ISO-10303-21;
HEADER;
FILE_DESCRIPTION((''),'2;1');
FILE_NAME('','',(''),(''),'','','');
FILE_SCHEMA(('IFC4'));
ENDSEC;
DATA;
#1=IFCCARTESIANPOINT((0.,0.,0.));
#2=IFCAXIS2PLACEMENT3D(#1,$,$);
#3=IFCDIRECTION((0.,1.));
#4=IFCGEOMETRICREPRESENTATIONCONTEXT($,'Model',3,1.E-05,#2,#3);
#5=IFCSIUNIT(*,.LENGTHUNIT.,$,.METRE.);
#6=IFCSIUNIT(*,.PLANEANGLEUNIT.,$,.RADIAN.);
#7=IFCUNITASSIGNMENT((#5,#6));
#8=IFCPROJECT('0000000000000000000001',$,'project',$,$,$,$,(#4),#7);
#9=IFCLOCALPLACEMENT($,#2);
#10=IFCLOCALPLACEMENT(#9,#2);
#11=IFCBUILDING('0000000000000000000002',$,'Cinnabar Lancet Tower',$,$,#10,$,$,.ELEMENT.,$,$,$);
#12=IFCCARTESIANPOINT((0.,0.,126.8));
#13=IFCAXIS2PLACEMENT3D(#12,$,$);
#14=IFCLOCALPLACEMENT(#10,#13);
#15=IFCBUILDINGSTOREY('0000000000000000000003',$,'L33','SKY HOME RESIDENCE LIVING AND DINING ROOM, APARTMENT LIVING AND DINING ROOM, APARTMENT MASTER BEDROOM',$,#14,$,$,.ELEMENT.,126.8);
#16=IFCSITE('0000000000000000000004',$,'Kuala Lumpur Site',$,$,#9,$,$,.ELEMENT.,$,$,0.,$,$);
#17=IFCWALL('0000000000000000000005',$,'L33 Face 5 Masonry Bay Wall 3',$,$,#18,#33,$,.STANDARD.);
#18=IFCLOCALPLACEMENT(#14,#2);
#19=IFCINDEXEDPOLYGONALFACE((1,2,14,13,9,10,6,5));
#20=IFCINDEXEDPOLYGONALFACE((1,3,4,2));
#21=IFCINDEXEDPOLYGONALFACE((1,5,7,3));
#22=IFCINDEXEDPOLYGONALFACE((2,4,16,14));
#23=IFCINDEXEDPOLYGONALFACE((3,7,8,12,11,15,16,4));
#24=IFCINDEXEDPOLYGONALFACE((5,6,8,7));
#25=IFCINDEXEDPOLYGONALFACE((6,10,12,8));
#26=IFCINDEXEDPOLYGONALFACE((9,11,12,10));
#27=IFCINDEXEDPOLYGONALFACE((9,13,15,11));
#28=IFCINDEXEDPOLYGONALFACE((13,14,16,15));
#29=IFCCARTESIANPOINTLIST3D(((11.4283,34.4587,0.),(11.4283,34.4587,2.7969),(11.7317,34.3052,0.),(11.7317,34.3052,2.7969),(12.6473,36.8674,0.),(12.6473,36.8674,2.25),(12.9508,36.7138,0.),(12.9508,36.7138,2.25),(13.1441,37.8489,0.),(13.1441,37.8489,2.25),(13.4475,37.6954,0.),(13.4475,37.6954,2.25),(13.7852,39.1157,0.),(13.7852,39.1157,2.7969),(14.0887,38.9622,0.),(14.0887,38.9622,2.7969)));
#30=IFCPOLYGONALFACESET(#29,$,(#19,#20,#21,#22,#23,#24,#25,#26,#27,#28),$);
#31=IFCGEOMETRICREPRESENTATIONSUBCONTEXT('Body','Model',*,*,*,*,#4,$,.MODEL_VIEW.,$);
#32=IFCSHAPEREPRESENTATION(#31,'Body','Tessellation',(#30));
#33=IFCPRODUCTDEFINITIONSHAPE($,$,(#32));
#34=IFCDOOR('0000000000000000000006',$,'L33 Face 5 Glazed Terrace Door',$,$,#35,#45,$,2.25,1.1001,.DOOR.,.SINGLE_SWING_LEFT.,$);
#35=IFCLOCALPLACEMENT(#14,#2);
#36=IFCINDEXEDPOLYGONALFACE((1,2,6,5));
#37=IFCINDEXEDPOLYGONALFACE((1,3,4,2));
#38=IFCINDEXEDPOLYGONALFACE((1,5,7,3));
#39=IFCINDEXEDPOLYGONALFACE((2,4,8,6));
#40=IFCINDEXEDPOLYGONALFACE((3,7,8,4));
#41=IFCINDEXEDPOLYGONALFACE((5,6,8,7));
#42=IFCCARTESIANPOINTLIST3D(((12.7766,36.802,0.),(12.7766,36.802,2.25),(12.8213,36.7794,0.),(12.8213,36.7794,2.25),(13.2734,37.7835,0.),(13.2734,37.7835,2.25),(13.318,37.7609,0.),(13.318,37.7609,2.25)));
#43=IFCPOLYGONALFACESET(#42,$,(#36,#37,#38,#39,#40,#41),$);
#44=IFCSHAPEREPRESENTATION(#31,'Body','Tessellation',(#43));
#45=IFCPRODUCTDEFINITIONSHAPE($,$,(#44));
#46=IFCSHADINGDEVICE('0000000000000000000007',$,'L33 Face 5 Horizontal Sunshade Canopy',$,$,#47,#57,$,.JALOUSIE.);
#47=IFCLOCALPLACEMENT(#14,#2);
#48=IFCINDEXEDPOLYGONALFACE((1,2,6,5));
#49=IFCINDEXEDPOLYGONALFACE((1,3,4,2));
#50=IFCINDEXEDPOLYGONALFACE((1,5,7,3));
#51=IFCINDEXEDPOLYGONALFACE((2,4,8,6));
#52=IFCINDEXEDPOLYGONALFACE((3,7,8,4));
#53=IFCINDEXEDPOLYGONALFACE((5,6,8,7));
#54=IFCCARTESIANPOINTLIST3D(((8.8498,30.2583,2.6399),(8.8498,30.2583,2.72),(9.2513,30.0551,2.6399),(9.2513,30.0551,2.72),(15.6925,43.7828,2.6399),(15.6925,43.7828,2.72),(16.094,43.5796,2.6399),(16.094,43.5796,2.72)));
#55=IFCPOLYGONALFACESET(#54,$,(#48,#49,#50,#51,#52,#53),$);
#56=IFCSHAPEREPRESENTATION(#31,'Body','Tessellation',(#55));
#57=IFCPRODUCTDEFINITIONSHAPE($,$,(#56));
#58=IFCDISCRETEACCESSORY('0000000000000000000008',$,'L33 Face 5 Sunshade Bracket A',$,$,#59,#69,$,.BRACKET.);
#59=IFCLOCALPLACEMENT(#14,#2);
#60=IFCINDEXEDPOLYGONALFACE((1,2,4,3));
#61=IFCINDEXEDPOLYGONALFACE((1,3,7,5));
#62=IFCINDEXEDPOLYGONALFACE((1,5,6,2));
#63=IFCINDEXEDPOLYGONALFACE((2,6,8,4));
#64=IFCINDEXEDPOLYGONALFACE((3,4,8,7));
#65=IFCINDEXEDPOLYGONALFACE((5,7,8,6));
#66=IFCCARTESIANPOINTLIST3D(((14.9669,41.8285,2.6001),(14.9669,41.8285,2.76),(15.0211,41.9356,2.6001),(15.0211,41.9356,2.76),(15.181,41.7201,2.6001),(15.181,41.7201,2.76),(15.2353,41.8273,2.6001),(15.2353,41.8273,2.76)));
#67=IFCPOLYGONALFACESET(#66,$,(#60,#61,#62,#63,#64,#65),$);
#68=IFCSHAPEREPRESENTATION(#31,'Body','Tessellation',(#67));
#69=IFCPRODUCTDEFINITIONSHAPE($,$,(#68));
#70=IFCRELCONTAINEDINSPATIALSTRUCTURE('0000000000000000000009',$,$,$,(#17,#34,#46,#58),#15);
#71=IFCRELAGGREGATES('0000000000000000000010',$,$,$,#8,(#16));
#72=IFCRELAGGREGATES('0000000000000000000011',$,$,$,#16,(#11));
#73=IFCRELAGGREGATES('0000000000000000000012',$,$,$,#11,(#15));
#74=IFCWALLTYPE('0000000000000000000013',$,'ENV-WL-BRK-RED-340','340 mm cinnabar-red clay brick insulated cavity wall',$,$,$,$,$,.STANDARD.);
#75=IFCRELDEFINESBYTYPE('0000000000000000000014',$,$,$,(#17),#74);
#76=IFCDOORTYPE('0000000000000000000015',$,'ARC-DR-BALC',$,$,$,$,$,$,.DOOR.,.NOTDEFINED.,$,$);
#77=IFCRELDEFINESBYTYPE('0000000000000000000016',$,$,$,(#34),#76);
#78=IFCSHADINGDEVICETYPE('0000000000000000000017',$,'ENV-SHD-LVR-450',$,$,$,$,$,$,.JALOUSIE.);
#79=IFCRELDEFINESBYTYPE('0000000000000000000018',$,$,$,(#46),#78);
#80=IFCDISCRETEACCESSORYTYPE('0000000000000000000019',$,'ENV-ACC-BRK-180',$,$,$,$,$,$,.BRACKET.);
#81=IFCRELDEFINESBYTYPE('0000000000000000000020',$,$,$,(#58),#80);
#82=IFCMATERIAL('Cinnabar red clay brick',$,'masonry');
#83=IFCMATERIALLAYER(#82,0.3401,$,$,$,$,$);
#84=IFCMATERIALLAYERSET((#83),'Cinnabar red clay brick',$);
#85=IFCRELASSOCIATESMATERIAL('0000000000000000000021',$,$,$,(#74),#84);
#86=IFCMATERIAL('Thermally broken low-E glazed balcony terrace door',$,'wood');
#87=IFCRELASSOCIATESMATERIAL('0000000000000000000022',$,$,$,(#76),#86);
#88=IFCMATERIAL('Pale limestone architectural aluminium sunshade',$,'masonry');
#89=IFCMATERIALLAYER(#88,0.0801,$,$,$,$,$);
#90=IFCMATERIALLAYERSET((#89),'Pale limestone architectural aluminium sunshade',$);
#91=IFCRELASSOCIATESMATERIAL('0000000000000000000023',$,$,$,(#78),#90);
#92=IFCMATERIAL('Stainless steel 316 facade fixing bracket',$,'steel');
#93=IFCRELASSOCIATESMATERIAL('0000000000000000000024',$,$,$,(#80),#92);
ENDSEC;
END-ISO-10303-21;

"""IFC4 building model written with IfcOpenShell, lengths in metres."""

from ifc_helpers import new_model, si_unit, direction, frame, frame_2d, origin, origin_2d, place, context, subcontext, project, spatial, rectangle, extrude, material, layer, layer_set, type_object, element, fill, save


model = new_model("IFC4")

# Units and contexts
model_context = context("Model", 3, precision=1e-05, world=origin(), true_north=direction((0.0, 1.0)))
body_context = subcontext(model_context, "Body", "Model", "MODEL_VIEW")
ifc_project = project(units=[si_unit("LENGTHUNIT", "METRE"), si_unit("PLANEANGLEUNIT", "RADIAN")], contexts=[model_context])

# Site, building, storey
site_placement = place(None, origin())
site = spatial("IfcSite", under=ifc_project, at=site_placement, Name="Kuala Lumpur Site", CompositionType="ELEMENT", RefElevation=0.0)
building_placement = place(site_placement, origin())
building = spatial("IfcBuilding", under=site, at=building_placement, Name="Cinnabar Lancet Tower", CompositionType="ELEMENT")
storey_placement = place(building_placement, frame((0.0, 0.0, 126.8)))
storey = spatial("IfcBuildingStorey", under=building, at=storey_placement, Name="L33", Description="SKY HOME RESIDENCE LIVING AND DINING ROOM, APARTMENT LIVING AND DINING ROOM, APARTMENT MASTER BEDROOM", CompositionType="ELEMENT", Elevation=126.8)

# Shared definitions
ifc_material_1 = material(Name="Cinnabar red clay brick", Category="masonry")
ifc_layer_1 = layer(ifc_material_1, 0.3401)
ifc_layer_set_1 = layer_set([ifc_layer_1], Name="Cinnabar red clay brick")
wall_type = type_object("IfcWallType", Name="ENV-WL-BRK-RED-340", Description="340 mm cinnabar-red clay brick insulated cavity wall", PredefinedType="STANDARD", material=ifc_layer_set_1)

# Wall, opening, door
wall_1_placement = place(storey_placement, frame((13.937, 39.0391, 0.0), z_axis=(0.0, 0.0, 1.0), x_axis=(-0.451568, -0.892237, 0.0)))
wall_1 = element("IfcWall", 1, at=wall_1_placement, inside=storey, type_object=wall_type, Name="L33 Face 5 Masonry Bay Wall 3", PredefinedType="STANDARD", context=body_context, shape_type="SweptSolid", body=[
    extrude(rectangle(XDim=5.2195, YDim=0.3401, at=frame_2d((2.6099, 0.0))), origin(), (0.0, 0.0, 1.0), 2.7969),
])
opening_1_placement = place(wall_1_placement, frame((1.4199, 0.0, 0.0)))
opening_1 = element("IfcOpeningElement", 2, at=opening_1_placement, cuts=wall_1, PredefinedType="OPENING", context=body_context, shape_type="SweptSolid", body=[
    extrude(rectangle(XDim=1.1001, YDim=2.25, at=frame_2d((0.55, 1.125))), frame((0.0, 0.1799, 0.0), z_axis=(0.0, -1.0, 0.0), x_axis=(1.0, 0.0, 0.0)), (0.0, 0.0, 1.0), 0.3601),
])
ifc_material_2 = material(Name="Thermally broken low-E glazed balcony terrace door", Category="wood")
door_type = type_object("IfcDoorType", Name="ARC-DR-BALC", OperationType="NOTDEFINED", PredefinedType="DOOR", material=ifc_material_2)
door_placement = place(opening_1_placement, origin())
door = element("IfcDoor", 3, at=door_placement, inside=storey, type_object=door_type, Name="L33 Face 5 Glazed Terrace Door", OperationType="SINGLE_SWING_LEFT", OverallHeight=2.25, OverallWidth=1.1001, PredefinedType="DOOR", context=body_context, shape_type="SweptSolid", body=[
    extrude(rectangle(XDim=1.1001, YDim=2.25, at=frame_2d((0.55, 1.125))), frame((0.0, 0.0249, 0.0), z_axis=(0.0, -1.0, 0.0), x_axis=(1.0, 0.0, 0.0)), (0.0, 0.0, 1.0), 0.05),
])
fill(opening_1, door)

# Shading device
ifc_material_3 = material(Name="Pale limestone architectural aluminium sunshade", Category="masonry")
ifc_layer_2 = layer(ifc_material_3, 0.0801)
ifc_layer_set_2 = layer_set([ifc_layer_2], Name="Pale limestone architectural aluminium sunshade")
shading_device_type = type_object("IfcShadingDeviceType", Name="ENV-SHD-LVR-450", PredefinedType="JALOUSIE", material=ifc_layer_set_2)
shading_device_placement = place(storey_placement, frame((12.4719, 36.9189, 2.6399), z_axis=(0.0, 0.0, 1.0), x_axis=(-0.451454, -0.892294, 0.0)))
element("IfcShadingDevice", 4, at=shading_device_placement, inside=storey, type_object=shading_device_type, Name="L33 Face 5 Horizontal Sunshade Canopy", PredefinedType="JALOUSIE", context=body_context, shape_type="SweptSolid", body=[
    extrude(rectangle(XDim=15.157, YDim=0.45, at=origin_2d()), origin(), (0.0, 0.0, 1.0), 0.0801),
])

# Discrete accessory
ifc_material_4 = material(Name="Stainless steel 316 facade fixing bracket", Category="steel")
discrete_accessory_type = type_object("IfcDiscreteAccessoryType", Name="ENV-ACC-BRK-180", PredefinedType="BRACKET", material=ifc_material_4)
discrete_accessory_placement = place(storey_placement, frame((15.1011, 41.8279, 2.6001), z_axis=(0.0, 0.0, 1.0), x_axis=(-0.451454, -0.892294, 0.0)))
element("IfcDiscreteAccessory", 5, at=discrete_accessory_placement, inside=storey, type_object=discrete_accessory_type, Name="L33 Face 5 Sunshade Bracket A", PredefinedType="BRACKET", context=body_context, shape_type="SweptSolid", body=[
    extrude(rectangle(XDim=0.1201, YDim=0.24, at=origin_2d()), origin(), (0.0, 0.0, 1.0), 0.1599),
])

save(model, "model.ifc")
